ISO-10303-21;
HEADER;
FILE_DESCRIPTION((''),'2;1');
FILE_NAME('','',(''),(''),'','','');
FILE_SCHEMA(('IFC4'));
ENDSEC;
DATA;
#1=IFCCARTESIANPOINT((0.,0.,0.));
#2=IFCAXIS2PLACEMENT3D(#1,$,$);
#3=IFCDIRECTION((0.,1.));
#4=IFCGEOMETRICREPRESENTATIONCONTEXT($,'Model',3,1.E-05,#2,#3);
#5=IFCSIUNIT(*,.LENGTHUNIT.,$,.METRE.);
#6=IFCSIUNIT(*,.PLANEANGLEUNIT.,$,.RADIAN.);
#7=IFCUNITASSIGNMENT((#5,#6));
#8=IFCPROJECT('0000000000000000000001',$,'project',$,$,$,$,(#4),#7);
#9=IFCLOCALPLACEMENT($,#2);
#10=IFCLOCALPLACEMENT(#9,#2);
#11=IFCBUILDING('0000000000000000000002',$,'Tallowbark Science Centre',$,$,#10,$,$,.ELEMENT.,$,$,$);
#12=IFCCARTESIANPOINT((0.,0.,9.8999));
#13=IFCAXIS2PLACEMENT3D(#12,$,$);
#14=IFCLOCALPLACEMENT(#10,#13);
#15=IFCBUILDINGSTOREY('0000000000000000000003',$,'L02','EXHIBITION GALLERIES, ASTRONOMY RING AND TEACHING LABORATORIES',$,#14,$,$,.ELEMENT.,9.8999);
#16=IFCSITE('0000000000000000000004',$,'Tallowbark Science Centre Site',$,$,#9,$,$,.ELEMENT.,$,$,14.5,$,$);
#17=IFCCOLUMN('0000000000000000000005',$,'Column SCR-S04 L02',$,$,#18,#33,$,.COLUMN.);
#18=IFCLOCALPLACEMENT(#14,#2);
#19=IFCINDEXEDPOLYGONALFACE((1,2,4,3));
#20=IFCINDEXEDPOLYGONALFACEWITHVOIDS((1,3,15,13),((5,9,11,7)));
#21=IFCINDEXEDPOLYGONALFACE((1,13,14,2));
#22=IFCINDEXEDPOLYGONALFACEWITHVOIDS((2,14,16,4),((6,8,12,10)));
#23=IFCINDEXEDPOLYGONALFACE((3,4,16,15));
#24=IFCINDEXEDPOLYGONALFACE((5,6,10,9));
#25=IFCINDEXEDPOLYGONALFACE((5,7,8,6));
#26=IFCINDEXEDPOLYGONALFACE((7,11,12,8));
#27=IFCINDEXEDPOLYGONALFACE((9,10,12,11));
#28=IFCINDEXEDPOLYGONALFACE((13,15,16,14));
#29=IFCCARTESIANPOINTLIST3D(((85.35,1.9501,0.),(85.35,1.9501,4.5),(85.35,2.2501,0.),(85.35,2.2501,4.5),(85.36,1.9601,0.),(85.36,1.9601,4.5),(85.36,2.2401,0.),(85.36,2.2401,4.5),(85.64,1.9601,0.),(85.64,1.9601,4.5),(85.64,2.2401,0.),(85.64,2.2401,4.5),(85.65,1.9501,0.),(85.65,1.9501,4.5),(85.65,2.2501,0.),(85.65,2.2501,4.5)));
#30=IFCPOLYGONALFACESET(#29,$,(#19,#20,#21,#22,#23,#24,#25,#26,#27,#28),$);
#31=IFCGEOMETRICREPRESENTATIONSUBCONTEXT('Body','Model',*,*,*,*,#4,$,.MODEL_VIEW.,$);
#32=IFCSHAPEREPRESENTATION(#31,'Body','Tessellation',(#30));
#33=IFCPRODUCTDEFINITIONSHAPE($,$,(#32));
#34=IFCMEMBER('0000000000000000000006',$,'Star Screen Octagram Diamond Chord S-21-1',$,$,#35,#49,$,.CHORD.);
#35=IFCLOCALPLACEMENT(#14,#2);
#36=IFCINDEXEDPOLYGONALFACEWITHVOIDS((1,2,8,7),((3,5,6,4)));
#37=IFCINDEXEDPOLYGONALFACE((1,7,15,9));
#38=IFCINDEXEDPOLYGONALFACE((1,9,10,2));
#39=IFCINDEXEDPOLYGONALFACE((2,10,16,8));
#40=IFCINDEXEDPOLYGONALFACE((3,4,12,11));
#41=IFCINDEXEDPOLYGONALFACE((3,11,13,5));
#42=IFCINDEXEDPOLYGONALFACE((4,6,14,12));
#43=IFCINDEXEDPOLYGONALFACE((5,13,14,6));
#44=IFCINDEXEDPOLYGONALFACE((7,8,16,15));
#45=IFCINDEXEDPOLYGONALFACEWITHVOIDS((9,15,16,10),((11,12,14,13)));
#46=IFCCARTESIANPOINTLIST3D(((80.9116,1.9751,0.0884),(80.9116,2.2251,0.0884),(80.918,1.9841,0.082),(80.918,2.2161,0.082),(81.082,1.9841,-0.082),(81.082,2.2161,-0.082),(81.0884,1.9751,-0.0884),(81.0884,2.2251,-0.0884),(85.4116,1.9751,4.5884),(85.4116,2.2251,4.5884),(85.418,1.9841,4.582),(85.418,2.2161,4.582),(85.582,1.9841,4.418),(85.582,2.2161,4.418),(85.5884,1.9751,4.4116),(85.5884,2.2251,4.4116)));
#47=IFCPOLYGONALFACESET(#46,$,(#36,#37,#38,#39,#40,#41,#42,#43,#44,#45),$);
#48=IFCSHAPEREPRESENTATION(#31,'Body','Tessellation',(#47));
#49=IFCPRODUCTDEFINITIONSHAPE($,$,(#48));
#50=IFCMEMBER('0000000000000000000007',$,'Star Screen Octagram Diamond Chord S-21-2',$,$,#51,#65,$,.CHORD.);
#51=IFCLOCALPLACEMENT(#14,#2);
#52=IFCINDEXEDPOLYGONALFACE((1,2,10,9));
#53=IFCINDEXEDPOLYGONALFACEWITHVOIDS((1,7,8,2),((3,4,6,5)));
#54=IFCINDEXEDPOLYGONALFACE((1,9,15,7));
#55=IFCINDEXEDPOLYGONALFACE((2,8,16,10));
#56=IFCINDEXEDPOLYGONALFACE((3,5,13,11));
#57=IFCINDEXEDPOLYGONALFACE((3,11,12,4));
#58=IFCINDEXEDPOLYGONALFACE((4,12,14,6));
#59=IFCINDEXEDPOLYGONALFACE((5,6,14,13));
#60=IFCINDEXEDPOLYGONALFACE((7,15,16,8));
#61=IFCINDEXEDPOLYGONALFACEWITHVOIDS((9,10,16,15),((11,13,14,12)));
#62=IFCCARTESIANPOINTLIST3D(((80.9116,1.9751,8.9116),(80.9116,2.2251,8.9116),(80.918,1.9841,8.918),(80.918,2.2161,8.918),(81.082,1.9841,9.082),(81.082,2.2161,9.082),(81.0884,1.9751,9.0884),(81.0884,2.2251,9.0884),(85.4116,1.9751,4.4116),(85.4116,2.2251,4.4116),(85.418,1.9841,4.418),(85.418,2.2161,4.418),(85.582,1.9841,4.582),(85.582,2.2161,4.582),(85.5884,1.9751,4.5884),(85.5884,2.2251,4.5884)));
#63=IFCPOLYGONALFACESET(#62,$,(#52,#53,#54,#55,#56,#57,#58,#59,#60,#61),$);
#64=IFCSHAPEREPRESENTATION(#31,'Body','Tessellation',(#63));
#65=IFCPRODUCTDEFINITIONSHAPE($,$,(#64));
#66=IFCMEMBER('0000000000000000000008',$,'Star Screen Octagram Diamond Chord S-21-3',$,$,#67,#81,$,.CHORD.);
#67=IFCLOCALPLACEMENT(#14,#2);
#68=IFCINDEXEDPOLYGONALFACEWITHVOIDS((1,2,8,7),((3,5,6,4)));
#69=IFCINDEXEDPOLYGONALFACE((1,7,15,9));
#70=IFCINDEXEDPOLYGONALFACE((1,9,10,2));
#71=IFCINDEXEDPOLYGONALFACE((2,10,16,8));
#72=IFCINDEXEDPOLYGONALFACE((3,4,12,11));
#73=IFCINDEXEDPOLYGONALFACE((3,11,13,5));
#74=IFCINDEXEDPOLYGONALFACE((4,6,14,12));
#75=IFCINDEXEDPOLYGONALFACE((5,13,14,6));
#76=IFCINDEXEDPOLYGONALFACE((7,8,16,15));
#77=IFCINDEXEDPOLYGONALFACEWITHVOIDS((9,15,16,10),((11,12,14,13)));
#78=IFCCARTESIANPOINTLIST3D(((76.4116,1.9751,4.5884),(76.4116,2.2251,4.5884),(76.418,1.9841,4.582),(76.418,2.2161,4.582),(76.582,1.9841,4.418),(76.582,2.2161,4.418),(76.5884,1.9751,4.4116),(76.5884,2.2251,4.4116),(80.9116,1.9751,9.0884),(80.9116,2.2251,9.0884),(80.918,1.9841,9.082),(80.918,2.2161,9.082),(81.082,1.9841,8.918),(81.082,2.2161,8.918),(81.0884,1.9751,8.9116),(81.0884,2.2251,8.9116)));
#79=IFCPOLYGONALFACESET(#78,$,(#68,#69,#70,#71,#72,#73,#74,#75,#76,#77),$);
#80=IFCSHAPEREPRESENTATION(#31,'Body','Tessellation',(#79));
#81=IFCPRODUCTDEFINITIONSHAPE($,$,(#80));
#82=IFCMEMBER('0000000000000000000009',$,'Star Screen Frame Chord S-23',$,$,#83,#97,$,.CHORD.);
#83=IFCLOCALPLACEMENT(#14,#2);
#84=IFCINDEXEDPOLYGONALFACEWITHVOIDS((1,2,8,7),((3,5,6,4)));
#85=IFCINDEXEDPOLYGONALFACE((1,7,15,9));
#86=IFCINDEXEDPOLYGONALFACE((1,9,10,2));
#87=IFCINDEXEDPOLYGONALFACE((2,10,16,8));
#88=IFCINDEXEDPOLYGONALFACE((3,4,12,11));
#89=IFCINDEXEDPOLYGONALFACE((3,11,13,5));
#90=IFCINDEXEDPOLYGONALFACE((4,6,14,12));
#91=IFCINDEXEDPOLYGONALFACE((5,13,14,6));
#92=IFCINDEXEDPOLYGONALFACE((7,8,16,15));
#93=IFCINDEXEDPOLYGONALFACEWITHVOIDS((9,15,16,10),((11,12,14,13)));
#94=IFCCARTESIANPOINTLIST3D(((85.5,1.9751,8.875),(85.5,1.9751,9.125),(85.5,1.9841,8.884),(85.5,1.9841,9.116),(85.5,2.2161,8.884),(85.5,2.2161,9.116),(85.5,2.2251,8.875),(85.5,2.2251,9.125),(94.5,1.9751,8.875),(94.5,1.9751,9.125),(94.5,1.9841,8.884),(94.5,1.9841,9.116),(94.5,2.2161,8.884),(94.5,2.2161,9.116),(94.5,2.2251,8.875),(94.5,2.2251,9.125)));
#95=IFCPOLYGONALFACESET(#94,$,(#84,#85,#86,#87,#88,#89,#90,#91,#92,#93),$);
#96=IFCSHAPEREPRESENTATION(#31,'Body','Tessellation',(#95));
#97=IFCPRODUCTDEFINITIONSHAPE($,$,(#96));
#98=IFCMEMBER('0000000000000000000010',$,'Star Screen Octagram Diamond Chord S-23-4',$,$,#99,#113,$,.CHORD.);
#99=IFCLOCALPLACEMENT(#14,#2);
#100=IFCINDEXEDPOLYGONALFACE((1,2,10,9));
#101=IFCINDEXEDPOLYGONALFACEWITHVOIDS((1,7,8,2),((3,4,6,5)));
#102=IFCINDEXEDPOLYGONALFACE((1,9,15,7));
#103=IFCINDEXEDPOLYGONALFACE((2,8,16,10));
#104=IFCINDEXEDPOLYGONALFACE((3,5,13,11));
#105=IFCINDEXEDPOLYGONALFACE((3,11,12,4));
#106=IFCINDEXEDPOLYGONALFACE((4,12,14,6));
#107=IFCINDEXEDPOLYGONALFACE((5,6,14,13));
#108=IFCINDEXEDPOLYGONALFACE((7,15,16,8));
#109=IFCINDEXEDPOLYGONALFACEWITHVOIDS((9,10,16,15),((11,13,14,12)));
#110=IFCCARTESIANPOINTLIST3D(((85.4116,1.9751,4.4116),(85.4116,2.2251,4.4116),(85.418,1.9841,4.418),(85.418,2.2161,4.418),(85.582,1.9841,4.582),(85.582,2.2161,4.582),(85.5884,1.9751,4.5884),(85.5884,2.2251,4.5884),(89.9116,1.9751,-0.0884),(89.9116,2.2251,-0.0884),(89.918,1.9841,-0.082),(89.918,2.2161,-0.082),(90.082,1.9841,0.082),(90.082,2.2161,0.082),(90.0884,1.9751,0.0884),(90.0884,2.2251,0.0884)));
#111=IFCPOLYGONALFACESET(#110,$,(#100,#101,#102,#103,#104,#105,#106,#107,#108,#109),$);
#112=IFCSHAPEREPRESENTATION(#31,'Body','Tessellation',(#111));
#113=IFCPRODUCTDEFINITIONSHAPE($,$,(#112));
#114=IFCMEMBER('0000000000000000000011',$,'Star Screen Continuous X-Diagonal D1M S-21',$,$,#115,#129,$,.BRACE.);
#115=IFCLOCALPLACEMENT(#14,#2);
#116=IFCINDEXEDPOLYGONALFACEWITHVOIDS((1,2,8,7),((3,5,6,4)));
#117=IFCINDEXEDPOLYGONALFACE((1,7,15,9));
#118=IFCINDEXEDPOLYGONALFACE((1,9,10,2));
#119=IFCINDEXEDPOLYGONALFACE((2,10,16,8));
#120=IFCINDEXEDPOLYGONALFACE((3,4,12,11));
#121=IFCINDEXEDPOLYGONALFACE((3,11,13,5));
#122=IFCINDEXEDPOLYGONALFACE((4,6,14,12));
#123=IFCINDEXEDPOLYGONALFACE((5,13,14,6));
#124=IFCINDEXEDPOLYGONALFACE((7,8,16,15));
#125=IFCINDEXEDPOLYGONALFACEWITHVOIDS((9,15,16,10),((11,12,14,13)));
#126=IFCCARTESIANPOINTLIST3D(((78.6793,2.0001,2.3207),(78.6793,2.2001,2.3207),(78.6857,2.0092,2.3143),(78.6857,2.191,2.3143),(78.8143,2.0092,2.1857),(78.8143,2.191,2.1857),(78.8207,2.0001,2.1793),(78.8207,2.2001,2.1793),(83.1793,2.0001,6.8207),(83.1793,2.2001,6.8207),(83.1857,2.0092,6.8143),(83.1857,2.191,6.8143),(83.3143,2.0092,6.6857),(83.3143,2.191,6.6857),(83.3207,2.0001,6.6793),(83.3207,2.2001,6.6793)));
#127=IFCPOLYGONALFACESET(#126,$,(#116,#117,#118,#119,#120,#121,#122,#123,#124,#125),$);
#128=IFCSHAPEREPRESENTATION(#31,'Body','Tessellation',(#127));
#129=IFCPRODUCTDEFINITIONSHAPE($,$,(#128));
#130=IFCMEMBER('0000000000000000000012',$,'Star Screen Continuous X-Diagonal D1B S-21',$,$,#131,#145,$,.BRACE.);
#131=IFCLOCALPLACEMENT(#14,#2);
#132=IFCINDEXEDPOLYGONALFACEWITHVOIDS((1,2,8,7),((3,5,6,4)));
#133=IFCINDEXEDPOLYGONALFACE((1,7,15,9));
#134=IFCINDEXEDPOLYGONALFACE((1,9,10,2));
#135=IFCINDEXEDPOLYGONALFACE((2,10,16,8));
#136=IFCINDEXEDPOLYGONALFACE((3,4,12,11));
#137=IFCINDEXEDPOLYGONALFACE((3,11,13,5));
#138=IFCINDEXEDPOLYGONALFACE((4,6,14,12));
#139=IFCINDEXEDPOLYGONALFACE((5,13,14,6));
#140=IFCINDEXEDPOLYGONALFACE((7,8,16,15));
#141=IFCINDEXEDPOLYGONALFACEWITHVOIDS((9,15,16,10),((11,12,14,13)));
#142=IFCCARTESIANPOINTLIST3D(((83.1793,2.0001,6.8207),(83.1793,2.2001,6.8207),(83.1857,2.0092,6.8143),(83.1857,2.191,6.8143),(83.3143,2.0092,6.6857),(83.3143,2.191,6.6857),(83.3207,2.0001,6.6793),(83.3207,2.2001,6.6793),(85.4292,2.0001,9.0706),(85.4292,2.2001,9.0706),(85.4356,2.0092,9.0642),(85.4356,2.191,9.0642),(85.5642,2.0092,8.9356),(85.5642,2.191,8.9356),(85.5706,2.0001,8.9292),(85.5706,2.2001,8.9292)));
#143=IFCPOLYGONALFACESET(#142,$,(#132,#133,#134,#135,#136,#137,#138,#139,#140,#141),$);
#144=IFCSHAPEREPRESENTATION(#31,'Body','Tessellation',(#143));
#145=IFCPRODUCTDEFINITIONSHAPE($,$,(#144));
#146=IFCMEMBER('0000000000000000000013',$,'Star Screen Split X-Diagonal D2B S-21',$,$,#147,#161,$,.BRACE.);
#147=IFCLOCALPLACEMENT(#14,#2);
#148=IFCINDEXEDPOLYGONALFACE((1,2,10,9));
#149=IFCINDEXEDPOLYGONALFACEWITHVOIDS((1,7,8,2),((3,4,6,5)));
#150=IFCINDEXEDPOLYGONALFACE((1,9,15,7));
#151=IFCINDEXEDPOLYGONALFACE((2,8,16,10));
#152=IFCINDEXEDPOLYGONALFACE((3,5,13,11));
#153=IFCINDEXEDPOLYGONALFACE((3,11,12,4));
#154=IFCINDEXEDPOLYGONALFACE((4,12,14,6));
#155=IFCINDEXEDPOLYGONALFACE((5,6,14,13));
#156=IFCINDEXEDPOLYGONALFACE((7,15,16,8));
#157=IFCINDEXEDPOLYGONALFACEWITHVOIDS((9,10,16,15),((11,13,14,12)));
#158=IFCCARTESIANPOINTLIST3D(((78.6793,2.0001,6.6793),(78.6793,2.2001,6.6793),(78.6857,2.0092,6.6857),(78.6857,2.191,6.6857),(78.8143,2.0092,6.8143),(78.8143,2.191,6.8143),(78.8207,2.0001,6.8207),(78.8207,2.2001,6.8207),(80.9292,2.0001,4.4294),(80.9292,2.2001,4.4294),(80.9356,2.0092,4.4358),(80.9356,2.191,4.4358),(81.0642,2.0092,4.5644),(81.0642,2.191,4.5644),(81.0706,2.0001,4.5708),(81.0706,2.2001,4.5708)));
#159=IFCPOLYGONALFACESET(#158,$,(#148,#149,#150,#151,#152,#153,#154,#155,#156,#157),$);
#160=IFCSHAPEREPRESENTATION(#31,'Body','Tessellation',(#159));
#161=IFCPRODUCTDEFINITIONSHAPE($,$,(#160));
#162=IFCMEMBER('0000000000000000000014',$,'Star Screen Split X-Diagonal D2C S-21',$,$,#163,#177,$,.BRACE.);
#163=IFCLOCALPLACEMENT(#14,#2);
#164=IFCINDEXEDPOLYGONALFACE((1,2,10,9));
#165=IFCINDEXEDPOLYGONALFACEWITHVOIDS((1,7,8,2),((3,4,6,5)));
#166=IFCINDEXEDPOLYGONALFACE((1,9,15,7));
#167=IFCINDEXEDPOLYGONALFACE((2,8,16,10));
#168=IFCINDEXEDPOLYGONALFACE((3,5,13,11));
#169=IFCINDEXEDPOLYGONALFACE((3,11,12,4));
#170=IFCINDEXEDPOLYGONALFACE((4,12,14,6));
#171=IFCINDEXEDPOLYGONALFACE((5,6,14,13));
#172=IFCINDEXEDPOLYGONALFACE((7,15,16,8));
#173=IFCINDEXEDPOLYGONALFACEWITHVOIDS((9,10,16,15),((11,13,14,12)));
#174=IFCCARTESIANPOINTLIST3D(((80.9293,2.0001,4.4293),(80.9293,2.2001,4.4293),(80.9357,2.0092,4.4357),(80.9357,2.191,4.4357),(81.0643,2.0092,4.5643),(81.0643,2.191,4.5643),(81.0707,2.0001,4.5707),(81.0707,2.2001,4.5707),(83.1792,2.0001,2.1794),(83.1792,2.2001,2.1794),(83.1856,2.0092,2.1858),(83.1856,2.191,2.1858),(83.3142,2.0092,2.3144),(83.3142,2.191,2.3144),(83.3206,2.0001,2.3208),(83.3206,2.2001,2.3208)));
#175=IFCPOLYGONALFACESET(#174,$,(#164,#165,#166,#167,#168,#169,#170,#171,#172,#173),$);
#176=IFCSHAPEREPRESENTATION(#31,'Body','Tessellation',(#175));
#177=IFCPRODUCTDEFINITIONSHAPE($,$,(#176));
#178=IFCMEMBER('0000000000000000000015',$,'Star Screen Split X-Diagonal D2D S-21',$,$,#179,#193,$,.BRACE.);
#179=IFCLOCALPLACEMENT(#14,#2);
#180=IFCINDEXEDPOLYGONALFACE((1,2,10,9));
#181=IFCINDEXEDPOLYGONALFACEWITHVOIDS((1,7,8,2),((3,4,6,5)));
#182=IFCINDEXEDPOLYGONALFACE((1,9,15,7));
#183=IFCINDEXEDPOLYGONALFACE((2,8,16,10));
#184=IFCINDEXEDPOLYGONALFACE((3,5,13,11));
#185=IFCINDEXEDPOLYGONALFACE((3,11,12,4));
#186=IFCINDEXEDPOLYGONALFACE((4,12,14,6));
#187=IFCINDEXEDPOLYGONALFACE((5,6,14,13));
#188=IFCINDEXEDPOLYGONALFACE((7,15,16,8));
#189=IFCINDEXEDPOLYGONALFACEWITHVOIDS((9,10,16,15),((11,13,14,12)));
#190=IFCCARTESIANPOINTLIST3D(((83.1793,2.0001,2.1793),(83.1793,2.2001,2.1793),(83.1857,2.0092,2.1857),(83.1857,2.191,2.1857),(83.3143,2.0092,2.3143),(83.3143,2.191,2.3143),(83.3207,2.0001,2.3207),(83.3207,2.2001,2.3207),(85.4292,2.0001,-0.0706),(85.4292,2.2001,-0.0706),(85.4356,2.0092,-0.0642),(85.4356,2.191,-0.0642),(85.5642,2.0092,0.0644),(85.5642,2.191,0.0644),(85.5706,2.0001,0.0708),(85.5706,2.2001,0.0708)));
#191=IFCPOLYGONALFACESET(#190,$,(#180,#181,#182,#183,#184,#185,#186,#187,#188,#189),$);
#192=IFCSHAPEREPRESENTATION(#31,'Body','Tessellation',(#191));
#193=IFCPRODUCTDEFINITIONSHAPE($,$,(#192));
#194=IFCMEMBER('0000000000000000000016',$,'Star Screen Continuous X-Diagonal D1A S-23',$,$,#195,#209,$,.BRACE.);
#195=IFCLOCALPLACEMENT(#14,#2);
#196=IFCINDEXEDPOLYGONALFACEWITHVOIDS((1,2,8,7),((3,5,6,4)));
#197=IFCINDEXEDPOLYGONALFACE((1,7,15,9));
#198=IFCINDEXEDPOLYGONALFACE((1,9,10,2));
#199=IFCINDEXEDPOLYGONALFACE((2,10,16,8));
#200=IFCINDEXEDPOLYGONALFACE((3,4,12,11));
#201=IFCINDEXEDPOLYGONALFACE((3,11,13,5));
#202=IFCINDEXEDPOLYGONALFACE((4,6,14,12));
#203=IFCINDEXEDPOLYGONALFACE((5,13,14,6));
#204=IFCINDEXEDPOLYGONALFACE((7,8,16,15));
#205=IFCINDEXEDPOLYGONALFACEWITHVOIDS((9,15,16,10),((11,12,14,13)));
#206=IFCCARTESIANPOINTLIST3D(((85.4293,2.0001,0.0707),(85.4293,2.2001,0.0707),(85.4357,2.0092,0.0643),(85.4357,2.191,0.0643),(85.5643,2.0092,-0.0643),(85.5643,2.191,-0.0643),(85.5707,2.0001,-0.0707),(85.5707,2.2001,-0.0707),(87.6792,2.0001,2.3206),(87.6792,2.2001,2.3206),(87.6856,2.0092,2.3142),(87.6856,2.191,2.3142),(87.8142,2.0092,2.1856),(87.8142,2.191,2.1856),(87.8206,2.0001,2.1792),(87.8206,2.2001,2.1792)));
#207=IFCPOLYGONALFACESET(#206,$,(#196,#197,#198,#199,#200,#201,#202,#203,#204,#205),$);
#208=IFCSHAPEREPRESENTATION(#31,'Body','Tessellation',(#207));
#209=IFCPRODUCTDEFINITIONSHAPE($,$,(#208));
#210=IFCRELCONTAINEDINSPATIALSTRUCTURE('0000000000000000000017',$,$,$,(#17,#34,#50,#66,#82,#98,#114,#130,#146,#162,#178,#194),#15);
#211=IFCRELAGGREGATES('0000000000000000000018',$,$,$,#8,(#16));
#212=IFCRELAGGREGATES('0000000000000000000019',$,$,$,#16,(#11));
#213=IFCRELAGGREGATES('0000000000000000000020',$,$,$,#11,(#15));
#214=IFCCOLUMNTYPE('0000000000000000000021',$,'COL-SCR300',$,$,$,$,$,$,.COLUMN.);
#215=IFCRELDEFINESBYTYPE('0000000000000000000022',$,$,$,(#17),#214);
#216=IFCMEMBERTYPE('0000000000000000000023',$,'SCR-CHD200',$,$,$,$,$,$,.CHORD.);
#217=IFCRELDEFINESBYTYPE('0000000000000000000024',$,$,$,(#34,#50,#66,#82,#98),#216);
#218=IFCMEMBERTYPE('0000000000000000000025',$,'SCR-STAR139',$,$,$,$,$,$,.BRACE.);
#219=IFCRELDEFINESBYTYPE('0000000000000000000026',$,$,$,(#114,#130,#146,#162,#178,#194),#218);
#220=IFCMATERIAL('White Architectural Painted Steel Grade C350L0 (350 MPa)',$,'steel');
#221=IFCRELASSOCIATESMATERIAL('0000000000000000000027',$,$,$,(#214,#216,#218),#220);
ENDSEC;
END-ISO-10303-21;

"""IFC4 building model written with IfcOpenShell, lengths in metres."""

from ifc_helpers import new_model, si_unit, direction, frame, origin, origin_2d, place, context, subcontext, project, spatial, hollow_rectangle, extrude, material, material_profile, profile_set, type_object, element, save


model = new_model("IFC4")

# Units and contexts
model_context = context("Model", 3, precision=1e-05, world=origin(), true_north=direction((0.0, 1.0)))
body_context = subcontext(model_context, "Body", "Model", "MODEL_VIEW")
ifc_project = project(units=[si_unit("LENGTHUNIT", "METRE"), si_unit("PLANEANGLEUNIT", "RADIAN")], contexts=[model_context])

# Site, building, storey
site_placement = place(None, origin())
site = spatial("IfcSite", under=ifc_project, at=site_placement, Name="Tallowbark Science Centre Site", CompositionType="ELEMENT", RefElevation=14.5)
building_placement = place(site_placement, origin())
building = spatial("IfcBuilding", under=site, at=building_placement, Name="Tallowbark Science Centre", CompositionType="ELEMENT")
storey_placement = place(building_placement, frame((0.0, 0.0, 9.8999)))
storey = spatial("IfcBuildingStorey", under=building, at=storey_placement, Name="L02", Description="EXHIBITION GALLERIES, ASTRONOMY RING AND TEACHING LABORATORIES", CompositionType="ELEMENT", Elevation=9.8999)

# Column
ifc_material_1 = material(Name="White Architectural Painted Steel Grade C350L0 (350 MPa)", Category="steel")
ifc_material_profile_1 = material_profile(ifc_material_1, hollow_rectangle(XDim=0.3, YDim=0.3, WallThickness=0.01, at=origin_2d()), Name="300x300x10.0SHS")
ifc_profile_set_1 = profile_set([ifc_material_profile_1], Name="White Architectural Painted Steel Grade C350L0 (350 MPa)")
column_type = type_object("IfcColumnType", Name="COL-SCR300", PredefinedType="COLUMN", material=ifc_profile_set_1)
column_placement = place(storey_placement, frame((85.5, 2.1001, 0.0), z_axis=(0.0, 0.0, 1.0), x_axis=(1.0, 0.0, 0.0)))
element("IfcColumn", 1, at=column_placement, inside=storey, type_object=column_type, Name="Column SCR-S04 L02", PredefinedType="COLUMN", context=body_context, shape_type="SweptSolid", body=[
    extrude(hollow_rectangle(XDim=0.3, YDim=0.3, WallThickness=0.01, at=origin_2d()), origin(), (0.0, 0.0, 1.0), 4.5),
])

# Members
ifc_material_profile_2 = material_profile(ifc_material_1, hollow_rectangle(XDim=0.25, YDim=0.25, WallThickness=0.009, at=origin_2d()), Name="250x250x9.0SHS")
ifc_profile_set_2 = profile_set([ifc_material_profile_2], Name="White Architectural Painted Steel Grade C350L0 (350 MPa)")
member_type_1 = type_object("IfcMemberType", Name="SCR-CHD200", PredefinedType="CHORD", material=ifc_profile_set_2)
for number, where, z_axis, x_axis, name in (
    (2, (81.0, 2.1001, 0.0), (0.707107, 0.0, 0.707107), (0.0, 1.0, 0.0), "Star Screen Octagram Diamond Chord S-21-1"),
    (3, (85.5, 2.1001, 4.5), (-0.707107, 0.0, 0.707107), (0.0, -1.0, 0.0), "Star Screen Octagram Diamond Chord S-21-2"),
    (4, (81.0, 2.1001, 9.0), (-0.707107, 0.0, -0.707107), (0.0, -1.0, 0.0), "Star Screen Octagram Diamond Chord S-21-3"),
):
    element("IfcMember", number, at=place(storey_placement, frame(where, z_axis=z_axis, x_axis=x_axis)), inside=storey, type_object=member_type_1, Name=name, PredefinedType="CHORD", context=body_context, shape_type="SweptSolid", body=[
        extrude(hollow_rectangle(XDim=0.25, YDim=0.25, WallThickness=0.009, at=origin_2d()), origin(), (0.0, 0.0, 1.0), 6.364),
    ])
member_1_placement = place(storey_placement, frame((85.5, 2.1001, 9.0), z_axis=(1.0, 0.0, 0.0), x_axis=(0.0, 1.0, 0.0)))
element("IfcMember", 5, at=member_1_placement, inside=storey, type_object=member_type_1, Name="Star Screen Frame Chord S-23", PredefinedType="CHORD", context=body_context, shape_type="SweptSolid", body=[
    extrude(hollow_rectangle(XDim=0.25, YDim=0.25, WallThickness=0.009, at=origin_2d()), origin(), (0.0, 0.0, 1.0), 9.0),
])
member_2_placement = place(storey_placement, frame((85.5, 2.1001, 4.5), z_axis=(0.707107, 0.0, -0.707107), x_axis=(0.0, 1.0, 0.0)))
element("IfcMember", 6, at=member_2_placement, inside=storey, type_object=member_type_1, Name="Star Screen Octagram Diamond Chord S-23-4", PredefinedType="CHORD", context=body_context, shape_type="SweptSolid", body=[
    extrude(hollow_rectangle(XDim=0.25, YDim=0.25, WallThickness=0.009, at=origin_2d()), origin(), (0.0, 0.0, 1.0), 6.364),
])
ifc_material_profile_3 = material_profile(ifc_material_1, hollow_rectangle(XDim=0.2, YDim=0.2, WallThickness=0.009, at=origin_2d()), Name="200x200x9.0SHS")
ifc_profile_set_3 = profile_set([ifc_material_profile_3], Name="White Architectural Painted Steel Grade C350L0 (350 MPa)")
member_type_2 = type_object("IfcMemberType", Name="SCR-STAR139", PredefinedType="BRACE", material=ifc_profile_set_3)
member_3_placement = place(storey_placement, frame((78.75, 2.1001, 2.25), z_axis=(0.707107, 0.0, 0.707107), x_axis=(0.0, 1.0, 0.0)))
element("IfcMember", 7, at=member_3_placement, inside=storey, type_object=member_type_2, Name="Star Screen Continuous X-Diagonal D1M S-21", PredefinedType="BRACE", context=body_context, shape_type="SweptSolid", body=[
    extrude(hollow_rectangle(XDim=0.2, YDim=0.2, WallThickness=0.009, at=origin_2d()), origin(), (0.0, 0.0, 1.0), 6.364),
])
for number, where, z_axis, x_axis, name in (
    (8, (83.25, 2.1001, 6.75), (0.707107, 0.0, 0.707107), (0.0, 1.0, 0.0), "Star Screen Continuous X-Diagonal D1B S-21"),
    (9, (78.75, 2.1001, 6.75), (0.707107, 0.0, -0.707107), (0.0, 1.0, 0.0), "Star Screen Split X-Diagonal D2B S-21"),
    (10, (81.0, 2.1001, 4.5), (0.707107, 0.0, -0.707107), (0.0, 1.0, 0.0), "Star Screen Split X-Diagonal D2C S-21"),
    (11, (83.25, 2.1001, 2.25), (0.707107, 0.0, -0.707107), (0.0, 1.0, 0.0), "Star Screen Split X-Diagonal D2D S-21"),
    (12, (85.5, 2.1001, 0.0), (0.707107, 0.0, 0.707107), (0.0, 1.0, 0.0), "Star Screen Continuous X-Diagonal D1A S-23"),
):
    element("IfcMember", number, at=place(storey_placement, frame(where, z_axis=z_axis, x_axis=x_axis)), inside=storey, type_object=member_type_2, Name=name, PredefinedType="BRACE", context=body_context, shape_type="SweptSolid", body=[
        extrude(hollow_rectangle(XDim=0.2, YDim=0.2, WallThickness=0.009, at=origin_2d()), origin(), (0.0, 0.0, 1.0), 3.1819),
    ])

save(model, "model.ifc")
